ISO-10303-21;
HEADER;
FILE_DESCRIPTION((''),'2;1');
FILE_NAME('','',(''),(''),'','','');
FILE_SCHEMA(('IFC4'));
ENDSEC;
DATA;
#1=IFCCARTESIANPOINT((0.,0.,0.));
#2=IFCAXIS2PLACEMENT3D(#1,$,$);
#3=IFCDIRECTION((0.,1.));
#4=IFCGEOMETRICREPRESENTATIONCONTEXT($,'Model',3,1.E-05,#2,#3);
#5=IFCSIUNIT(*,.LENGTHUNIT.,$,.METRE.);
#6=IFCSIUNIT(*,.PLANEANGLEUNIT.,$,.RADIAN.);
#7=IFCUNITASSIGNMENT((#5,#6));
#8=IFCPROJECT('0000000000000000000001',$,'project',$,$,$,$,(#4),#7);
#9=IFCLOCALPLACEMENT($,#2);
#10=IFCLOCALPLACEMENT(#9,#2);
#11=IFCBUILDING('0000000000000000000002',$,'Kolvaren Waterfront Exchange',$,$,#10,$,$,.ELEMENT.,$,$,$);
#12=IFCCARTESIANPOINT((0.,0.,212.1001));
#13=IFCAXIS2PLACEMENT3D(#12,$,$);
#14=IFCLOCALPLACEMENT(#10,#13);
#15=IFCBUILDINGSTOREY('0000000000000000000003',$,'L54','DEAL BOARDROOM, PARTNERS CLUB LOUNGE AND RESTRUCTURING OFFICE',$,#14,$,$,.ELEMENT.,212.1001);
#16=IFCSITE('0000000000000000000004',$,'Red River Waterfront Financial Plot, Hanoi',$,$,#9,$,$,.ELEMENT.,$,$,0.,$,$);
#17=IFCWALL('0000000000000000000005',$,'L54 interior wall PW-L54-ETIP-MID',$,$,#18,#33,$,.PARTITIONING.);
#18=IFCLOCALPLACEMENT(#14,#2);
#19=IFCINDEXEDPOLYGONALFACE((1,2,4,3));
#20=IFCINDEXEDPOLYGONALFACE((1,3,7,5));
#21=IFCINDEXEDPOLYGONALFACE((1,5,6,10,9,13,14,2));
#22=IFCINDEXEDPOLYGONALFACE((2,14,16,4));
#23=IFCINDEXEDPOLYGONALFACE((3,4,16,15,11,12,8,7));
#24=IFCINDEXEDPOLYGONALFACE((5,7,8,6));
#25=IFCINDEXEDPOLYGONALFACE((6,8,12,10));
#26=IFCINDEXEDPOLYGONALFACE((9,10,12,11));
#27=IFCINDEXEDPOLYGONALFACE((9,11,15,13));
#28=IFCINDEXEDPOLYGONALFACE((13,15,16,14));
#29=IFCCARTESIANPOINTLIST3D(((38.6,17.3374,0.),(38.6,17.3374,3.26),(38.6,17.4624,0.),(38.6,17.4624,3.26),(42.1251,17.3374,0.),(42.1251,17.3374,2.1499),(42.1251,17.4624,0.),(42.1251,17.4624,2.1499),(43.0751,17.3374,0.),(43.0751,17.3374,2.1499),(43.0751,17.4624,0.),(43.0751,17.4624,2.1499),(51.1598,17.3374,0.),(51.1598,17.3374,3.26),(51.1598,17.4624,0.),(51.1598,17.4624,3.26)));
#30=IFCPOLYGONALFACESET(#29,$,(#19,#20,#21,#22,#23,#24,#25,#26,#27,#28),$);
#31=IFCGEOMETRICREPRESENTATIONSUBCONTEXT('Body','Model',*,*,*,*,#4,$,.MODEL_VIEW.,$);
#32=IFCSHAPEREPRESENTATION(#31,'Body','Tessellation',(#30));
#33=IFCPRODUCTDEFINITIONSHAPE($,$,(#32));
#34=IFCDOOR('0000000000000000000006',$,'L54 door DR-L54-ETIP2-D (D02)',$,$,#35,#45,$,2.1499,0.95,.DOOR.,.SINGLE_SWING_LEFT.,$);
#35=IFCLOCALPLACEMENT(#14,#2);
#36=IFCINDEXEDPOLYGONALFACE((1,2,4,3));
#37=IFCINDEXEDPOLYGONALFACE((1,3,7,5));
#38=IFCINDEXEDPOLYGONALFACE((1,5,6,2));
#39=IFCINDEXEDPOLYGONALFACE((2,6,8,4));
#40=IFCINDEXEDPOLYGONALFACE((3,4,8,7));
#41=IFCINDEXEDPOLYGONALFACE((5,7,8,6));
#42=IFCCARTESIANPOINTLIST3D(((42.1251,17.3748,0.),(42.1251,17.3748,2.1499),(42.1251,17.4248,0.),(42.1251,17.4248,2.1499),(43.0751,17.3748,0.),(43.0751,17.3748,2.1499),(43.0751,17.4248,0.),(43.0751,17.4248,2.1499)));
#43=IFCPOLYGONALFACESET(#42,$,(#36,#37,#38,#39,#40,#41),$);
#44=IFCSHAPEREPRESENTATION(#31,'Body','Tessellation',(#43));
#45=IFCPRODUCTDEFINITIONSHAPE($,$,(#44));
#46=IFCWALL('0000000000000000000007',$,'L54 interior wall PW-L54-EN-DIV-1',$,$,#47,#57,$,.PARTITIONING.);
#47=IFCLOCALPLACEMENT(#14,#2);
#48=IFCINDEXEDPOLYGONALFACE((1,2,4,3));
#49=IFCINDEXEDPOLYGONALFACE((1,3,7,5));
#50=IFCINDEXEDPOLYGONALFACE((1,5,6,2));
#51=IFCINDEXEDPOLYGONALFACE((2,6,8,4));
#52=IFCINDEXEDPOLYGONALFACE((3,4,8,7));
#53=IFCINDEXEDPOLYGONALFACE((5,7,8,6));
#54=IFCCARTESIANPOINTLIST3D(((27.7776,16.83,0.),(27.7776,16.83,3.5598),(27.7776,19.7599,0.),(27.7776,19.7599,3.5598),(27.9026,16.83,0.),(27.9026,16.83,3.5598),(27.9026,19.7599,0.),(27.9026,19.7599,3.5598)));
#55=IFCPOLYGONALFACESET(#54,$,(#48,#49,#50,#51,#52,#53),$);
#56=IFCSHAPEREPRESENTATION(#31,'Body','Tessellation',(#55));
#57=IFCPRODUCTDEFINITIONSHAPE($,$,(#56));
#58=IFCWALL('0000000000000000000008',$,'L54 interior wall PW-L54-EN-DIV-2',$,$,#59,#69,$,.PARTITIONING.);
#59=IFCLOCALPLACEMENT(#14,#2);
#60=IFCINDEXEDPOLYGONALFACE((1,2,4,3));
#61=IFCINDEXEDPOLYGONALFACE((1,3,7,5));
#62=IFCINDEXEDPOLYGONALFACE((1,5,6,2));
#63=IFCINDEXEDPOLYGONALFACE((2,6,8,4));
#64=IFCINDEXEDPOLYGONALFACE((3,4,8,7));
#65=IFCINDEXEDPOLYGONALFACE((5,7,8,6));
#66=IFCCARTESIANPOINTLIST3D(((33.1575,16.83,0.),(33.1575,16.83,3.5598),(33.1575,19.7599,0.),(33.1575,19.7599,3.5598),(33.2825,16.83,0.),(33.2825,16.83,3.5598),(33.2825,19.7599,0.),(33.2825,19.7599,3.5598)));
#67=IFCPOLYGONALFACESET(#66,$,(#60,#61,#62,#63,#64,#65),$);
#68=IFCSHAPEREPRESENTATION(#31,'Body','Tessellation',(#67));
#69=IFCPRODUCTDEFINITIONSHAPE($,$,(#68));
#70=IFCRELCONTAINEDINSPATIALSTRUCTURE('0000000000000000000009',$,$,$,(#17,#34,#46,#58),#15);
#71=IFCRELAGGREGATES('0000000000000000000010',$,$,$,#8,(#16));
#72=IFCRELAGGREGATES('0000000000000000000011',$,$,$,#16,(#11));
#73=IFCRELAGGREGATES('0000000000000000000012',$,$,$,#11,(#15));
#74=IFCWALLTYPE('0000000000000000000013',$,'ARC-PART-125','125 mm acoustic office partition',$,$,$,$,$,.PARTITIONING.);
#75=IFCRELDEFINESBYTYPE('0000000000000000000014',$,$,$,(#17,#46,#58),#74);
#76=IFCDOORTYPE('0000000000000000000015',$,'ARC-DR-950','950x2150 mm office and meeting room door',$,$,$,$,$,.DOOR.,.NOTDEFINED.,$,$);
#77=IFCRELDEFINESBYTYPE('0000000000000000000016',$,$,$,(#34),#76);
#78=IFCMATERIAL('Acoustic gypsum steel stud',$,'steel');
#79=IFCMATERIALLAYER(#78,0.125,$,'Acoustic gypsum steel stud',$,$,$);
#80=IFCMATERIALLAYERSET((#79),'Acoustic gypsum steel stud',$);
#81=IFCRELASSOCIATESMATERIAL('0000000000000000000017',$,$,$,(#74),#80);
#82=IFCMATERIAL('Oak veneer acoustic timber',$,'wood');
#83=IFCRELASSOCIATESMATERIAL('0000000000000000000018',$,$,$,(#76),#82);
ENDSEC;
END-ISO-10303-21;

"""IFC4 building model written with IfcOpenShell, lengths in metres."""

from ifc_helpers import new_model, si_unit, direction, frame, frame_2d, origin, place, context, subcontext, project, spatial, rectangle, extrude, material, layer, layer_set, type_object, element, fill, save


model = new_model("IFC4")

# Units and contexts
model_context = context("Model", 3, precision=1e-05, world=origin(), true_north=direction((0.0, 1.0)))
body_context = subcontext(model_context, "Body", "Model", "MODEL_VIEW")
ifc_project = project(units=[si_unit("LENGTHUNIT", "METRE"), si_unit("PLANEANGLEUNIT", "RADIAN")], contexts=[model_context])

# Site, building, storey
site_placement = place(None, origin())
site = spatial("IfcSite", under=ifc_project, at=site_placement, Name="Red River Waterfront Financial Plot, Hanoi", CompositionType="ELEMENT", RefElevation=0.0)
building_placement = place(site_placement, origin())
building = spatial("IfcBuilding", under=site, at=building_placement, Name="Kolvaren Waterfront Exchange", CompositionType="ELEMENT")
storey_placement = place(building_placement, frame((0.0, 0.0, 212.1001)))
storey = spatial("IfcBuildingStorey", under=building, at=storey_placement, Name="L54", Description="DEAL BOARDROOM, PARTNERS CLUB LOUNGE AND RESTRUCTURING OFFICE", CompositionType="ELEMENT", Elevation=212.1001)

# Wall, opening, door
ifc_material_1 = material(Name="Acoustic gypsum steel stud", Category="steel")
ifc_layer_1 = layer(ifc_material_1, 0.125, Name="Acoustic gypsum steel stud")
ifc_layer_set_1 = layer_set([ifc_layer_1], Name="Acoustic gypsum steel stud")
wall_type_1 = type_object("IfcWallType", Name="ARC-PART-125", Description="125 mm acoustic office partition", PredefinedType="PARTITIONING", material=ifc_layer_set_1)
wall_1_placement = place(storey_placement, frame((38.6001, 17.3999, 0.0), z_axis=(0.0, 0.0, 1.0), x_axis=(1.0, 0.0, 0.0)))
wall_1 = element("IfcWall", 1, at=wall_1_placement, inside=storey, type_object=wall_type_1, Name="L54 interior wall PW-L54-ETIP-MID", PredefinedType="PARTITIONING", context=body_context, shape_type="SweptSolid", body=[
    extrude(rectangle(XDim=12.5598, YDim=0.125, at=frame_2d((6.2798, 0.0))), origin(), (0.0, 0.0, 1.0), 3.26),
])
opening_placement = place(wall_1_placement, frame((3.5249, 0.0, 0.0)))
opening = element("IfcOpeningElement", 2, at=opening_placement, cuts=wall_1, PredefinedType="OPENING", context=body_context, shape_type="SweptSolid", body=[
    extrude(rectangle(XDim=0.95, YDim=2.1499, at=frame_2d((0.4751, 1.075))), frame((0.0, 0.0725, 0.0), z_axis=(0.0, -1.0, 0.0), x_axis=(1.0, 0.0, 0.0)), (0.0, 0.0, 1.0), 0.145),
])
ifc_material_2 = material(Name="Oak veneer acoustic timber", Category="wood")
door_type = type_object("IfcDoorType", Name="ARC-DR-950", Description="950x2150 mm office and meeting room door", OperationType="NOTDEFINED", PredefinedType="DOOR", material=ifc_material_2)
door_placement = place(opening_placement, origin())
door = element("IfcDoor", 3, at=door_placement, inside=storey, type_object=door_type, Name="L54 door DR-L54-ETIP2-D (D02)", OperationType="SINGLE_SWING_LEFT", OverallHeight=2.1499, OverallWidth=0.95, PredefinedType="DOOR", context=body_context, shape_type="SweptSolid", body=[
    extrude(rectangle(XDim=0.95, YDim=2.1499, at=frame_2d((0.4751, 1.075))), frame((0.0, 0.0249, 0.0), z_axis=(0.0, -1.0, 0.0), x_axis=(1.0, 0.0, 0.0)), (0.0, 0.0, 1.0), 0.05),
])
fill(opening, door)

# Walls
for number, where, z_axis, x_axis, name in (
    (4, (27.8401, 16.8301, 0.0), (0.0, 0.0, 1.0), (0.0, 1.0, 0.0), "L54 interior wall PW-L54-EN-DIV-1"),
    (5, (33.22, 16.8301, 0.0), (0.0, 0.0, 1.0), (0.0, 1.0, 0.0), "L54 interior wall PW-L54-EN-DIV-2"),
):
    element("IfcWall", number, at=place(storey_placement, frame(where, z_axis=z_axis, x_axis=x_axis)), inside=storey, type_object=wall_type_1, Name=name, PredefinedType="PARTITIONING", context=body_context, shape_type="SweptSolid", body=[
        extrude(rectangle(XDim=2.9299, YDim=0.125, at=frame_2d((1.4648, 0.0))), origin(), (0.0, 0.0, 1.0), 3.5598),
    ])

save(model, "model.ifc")
